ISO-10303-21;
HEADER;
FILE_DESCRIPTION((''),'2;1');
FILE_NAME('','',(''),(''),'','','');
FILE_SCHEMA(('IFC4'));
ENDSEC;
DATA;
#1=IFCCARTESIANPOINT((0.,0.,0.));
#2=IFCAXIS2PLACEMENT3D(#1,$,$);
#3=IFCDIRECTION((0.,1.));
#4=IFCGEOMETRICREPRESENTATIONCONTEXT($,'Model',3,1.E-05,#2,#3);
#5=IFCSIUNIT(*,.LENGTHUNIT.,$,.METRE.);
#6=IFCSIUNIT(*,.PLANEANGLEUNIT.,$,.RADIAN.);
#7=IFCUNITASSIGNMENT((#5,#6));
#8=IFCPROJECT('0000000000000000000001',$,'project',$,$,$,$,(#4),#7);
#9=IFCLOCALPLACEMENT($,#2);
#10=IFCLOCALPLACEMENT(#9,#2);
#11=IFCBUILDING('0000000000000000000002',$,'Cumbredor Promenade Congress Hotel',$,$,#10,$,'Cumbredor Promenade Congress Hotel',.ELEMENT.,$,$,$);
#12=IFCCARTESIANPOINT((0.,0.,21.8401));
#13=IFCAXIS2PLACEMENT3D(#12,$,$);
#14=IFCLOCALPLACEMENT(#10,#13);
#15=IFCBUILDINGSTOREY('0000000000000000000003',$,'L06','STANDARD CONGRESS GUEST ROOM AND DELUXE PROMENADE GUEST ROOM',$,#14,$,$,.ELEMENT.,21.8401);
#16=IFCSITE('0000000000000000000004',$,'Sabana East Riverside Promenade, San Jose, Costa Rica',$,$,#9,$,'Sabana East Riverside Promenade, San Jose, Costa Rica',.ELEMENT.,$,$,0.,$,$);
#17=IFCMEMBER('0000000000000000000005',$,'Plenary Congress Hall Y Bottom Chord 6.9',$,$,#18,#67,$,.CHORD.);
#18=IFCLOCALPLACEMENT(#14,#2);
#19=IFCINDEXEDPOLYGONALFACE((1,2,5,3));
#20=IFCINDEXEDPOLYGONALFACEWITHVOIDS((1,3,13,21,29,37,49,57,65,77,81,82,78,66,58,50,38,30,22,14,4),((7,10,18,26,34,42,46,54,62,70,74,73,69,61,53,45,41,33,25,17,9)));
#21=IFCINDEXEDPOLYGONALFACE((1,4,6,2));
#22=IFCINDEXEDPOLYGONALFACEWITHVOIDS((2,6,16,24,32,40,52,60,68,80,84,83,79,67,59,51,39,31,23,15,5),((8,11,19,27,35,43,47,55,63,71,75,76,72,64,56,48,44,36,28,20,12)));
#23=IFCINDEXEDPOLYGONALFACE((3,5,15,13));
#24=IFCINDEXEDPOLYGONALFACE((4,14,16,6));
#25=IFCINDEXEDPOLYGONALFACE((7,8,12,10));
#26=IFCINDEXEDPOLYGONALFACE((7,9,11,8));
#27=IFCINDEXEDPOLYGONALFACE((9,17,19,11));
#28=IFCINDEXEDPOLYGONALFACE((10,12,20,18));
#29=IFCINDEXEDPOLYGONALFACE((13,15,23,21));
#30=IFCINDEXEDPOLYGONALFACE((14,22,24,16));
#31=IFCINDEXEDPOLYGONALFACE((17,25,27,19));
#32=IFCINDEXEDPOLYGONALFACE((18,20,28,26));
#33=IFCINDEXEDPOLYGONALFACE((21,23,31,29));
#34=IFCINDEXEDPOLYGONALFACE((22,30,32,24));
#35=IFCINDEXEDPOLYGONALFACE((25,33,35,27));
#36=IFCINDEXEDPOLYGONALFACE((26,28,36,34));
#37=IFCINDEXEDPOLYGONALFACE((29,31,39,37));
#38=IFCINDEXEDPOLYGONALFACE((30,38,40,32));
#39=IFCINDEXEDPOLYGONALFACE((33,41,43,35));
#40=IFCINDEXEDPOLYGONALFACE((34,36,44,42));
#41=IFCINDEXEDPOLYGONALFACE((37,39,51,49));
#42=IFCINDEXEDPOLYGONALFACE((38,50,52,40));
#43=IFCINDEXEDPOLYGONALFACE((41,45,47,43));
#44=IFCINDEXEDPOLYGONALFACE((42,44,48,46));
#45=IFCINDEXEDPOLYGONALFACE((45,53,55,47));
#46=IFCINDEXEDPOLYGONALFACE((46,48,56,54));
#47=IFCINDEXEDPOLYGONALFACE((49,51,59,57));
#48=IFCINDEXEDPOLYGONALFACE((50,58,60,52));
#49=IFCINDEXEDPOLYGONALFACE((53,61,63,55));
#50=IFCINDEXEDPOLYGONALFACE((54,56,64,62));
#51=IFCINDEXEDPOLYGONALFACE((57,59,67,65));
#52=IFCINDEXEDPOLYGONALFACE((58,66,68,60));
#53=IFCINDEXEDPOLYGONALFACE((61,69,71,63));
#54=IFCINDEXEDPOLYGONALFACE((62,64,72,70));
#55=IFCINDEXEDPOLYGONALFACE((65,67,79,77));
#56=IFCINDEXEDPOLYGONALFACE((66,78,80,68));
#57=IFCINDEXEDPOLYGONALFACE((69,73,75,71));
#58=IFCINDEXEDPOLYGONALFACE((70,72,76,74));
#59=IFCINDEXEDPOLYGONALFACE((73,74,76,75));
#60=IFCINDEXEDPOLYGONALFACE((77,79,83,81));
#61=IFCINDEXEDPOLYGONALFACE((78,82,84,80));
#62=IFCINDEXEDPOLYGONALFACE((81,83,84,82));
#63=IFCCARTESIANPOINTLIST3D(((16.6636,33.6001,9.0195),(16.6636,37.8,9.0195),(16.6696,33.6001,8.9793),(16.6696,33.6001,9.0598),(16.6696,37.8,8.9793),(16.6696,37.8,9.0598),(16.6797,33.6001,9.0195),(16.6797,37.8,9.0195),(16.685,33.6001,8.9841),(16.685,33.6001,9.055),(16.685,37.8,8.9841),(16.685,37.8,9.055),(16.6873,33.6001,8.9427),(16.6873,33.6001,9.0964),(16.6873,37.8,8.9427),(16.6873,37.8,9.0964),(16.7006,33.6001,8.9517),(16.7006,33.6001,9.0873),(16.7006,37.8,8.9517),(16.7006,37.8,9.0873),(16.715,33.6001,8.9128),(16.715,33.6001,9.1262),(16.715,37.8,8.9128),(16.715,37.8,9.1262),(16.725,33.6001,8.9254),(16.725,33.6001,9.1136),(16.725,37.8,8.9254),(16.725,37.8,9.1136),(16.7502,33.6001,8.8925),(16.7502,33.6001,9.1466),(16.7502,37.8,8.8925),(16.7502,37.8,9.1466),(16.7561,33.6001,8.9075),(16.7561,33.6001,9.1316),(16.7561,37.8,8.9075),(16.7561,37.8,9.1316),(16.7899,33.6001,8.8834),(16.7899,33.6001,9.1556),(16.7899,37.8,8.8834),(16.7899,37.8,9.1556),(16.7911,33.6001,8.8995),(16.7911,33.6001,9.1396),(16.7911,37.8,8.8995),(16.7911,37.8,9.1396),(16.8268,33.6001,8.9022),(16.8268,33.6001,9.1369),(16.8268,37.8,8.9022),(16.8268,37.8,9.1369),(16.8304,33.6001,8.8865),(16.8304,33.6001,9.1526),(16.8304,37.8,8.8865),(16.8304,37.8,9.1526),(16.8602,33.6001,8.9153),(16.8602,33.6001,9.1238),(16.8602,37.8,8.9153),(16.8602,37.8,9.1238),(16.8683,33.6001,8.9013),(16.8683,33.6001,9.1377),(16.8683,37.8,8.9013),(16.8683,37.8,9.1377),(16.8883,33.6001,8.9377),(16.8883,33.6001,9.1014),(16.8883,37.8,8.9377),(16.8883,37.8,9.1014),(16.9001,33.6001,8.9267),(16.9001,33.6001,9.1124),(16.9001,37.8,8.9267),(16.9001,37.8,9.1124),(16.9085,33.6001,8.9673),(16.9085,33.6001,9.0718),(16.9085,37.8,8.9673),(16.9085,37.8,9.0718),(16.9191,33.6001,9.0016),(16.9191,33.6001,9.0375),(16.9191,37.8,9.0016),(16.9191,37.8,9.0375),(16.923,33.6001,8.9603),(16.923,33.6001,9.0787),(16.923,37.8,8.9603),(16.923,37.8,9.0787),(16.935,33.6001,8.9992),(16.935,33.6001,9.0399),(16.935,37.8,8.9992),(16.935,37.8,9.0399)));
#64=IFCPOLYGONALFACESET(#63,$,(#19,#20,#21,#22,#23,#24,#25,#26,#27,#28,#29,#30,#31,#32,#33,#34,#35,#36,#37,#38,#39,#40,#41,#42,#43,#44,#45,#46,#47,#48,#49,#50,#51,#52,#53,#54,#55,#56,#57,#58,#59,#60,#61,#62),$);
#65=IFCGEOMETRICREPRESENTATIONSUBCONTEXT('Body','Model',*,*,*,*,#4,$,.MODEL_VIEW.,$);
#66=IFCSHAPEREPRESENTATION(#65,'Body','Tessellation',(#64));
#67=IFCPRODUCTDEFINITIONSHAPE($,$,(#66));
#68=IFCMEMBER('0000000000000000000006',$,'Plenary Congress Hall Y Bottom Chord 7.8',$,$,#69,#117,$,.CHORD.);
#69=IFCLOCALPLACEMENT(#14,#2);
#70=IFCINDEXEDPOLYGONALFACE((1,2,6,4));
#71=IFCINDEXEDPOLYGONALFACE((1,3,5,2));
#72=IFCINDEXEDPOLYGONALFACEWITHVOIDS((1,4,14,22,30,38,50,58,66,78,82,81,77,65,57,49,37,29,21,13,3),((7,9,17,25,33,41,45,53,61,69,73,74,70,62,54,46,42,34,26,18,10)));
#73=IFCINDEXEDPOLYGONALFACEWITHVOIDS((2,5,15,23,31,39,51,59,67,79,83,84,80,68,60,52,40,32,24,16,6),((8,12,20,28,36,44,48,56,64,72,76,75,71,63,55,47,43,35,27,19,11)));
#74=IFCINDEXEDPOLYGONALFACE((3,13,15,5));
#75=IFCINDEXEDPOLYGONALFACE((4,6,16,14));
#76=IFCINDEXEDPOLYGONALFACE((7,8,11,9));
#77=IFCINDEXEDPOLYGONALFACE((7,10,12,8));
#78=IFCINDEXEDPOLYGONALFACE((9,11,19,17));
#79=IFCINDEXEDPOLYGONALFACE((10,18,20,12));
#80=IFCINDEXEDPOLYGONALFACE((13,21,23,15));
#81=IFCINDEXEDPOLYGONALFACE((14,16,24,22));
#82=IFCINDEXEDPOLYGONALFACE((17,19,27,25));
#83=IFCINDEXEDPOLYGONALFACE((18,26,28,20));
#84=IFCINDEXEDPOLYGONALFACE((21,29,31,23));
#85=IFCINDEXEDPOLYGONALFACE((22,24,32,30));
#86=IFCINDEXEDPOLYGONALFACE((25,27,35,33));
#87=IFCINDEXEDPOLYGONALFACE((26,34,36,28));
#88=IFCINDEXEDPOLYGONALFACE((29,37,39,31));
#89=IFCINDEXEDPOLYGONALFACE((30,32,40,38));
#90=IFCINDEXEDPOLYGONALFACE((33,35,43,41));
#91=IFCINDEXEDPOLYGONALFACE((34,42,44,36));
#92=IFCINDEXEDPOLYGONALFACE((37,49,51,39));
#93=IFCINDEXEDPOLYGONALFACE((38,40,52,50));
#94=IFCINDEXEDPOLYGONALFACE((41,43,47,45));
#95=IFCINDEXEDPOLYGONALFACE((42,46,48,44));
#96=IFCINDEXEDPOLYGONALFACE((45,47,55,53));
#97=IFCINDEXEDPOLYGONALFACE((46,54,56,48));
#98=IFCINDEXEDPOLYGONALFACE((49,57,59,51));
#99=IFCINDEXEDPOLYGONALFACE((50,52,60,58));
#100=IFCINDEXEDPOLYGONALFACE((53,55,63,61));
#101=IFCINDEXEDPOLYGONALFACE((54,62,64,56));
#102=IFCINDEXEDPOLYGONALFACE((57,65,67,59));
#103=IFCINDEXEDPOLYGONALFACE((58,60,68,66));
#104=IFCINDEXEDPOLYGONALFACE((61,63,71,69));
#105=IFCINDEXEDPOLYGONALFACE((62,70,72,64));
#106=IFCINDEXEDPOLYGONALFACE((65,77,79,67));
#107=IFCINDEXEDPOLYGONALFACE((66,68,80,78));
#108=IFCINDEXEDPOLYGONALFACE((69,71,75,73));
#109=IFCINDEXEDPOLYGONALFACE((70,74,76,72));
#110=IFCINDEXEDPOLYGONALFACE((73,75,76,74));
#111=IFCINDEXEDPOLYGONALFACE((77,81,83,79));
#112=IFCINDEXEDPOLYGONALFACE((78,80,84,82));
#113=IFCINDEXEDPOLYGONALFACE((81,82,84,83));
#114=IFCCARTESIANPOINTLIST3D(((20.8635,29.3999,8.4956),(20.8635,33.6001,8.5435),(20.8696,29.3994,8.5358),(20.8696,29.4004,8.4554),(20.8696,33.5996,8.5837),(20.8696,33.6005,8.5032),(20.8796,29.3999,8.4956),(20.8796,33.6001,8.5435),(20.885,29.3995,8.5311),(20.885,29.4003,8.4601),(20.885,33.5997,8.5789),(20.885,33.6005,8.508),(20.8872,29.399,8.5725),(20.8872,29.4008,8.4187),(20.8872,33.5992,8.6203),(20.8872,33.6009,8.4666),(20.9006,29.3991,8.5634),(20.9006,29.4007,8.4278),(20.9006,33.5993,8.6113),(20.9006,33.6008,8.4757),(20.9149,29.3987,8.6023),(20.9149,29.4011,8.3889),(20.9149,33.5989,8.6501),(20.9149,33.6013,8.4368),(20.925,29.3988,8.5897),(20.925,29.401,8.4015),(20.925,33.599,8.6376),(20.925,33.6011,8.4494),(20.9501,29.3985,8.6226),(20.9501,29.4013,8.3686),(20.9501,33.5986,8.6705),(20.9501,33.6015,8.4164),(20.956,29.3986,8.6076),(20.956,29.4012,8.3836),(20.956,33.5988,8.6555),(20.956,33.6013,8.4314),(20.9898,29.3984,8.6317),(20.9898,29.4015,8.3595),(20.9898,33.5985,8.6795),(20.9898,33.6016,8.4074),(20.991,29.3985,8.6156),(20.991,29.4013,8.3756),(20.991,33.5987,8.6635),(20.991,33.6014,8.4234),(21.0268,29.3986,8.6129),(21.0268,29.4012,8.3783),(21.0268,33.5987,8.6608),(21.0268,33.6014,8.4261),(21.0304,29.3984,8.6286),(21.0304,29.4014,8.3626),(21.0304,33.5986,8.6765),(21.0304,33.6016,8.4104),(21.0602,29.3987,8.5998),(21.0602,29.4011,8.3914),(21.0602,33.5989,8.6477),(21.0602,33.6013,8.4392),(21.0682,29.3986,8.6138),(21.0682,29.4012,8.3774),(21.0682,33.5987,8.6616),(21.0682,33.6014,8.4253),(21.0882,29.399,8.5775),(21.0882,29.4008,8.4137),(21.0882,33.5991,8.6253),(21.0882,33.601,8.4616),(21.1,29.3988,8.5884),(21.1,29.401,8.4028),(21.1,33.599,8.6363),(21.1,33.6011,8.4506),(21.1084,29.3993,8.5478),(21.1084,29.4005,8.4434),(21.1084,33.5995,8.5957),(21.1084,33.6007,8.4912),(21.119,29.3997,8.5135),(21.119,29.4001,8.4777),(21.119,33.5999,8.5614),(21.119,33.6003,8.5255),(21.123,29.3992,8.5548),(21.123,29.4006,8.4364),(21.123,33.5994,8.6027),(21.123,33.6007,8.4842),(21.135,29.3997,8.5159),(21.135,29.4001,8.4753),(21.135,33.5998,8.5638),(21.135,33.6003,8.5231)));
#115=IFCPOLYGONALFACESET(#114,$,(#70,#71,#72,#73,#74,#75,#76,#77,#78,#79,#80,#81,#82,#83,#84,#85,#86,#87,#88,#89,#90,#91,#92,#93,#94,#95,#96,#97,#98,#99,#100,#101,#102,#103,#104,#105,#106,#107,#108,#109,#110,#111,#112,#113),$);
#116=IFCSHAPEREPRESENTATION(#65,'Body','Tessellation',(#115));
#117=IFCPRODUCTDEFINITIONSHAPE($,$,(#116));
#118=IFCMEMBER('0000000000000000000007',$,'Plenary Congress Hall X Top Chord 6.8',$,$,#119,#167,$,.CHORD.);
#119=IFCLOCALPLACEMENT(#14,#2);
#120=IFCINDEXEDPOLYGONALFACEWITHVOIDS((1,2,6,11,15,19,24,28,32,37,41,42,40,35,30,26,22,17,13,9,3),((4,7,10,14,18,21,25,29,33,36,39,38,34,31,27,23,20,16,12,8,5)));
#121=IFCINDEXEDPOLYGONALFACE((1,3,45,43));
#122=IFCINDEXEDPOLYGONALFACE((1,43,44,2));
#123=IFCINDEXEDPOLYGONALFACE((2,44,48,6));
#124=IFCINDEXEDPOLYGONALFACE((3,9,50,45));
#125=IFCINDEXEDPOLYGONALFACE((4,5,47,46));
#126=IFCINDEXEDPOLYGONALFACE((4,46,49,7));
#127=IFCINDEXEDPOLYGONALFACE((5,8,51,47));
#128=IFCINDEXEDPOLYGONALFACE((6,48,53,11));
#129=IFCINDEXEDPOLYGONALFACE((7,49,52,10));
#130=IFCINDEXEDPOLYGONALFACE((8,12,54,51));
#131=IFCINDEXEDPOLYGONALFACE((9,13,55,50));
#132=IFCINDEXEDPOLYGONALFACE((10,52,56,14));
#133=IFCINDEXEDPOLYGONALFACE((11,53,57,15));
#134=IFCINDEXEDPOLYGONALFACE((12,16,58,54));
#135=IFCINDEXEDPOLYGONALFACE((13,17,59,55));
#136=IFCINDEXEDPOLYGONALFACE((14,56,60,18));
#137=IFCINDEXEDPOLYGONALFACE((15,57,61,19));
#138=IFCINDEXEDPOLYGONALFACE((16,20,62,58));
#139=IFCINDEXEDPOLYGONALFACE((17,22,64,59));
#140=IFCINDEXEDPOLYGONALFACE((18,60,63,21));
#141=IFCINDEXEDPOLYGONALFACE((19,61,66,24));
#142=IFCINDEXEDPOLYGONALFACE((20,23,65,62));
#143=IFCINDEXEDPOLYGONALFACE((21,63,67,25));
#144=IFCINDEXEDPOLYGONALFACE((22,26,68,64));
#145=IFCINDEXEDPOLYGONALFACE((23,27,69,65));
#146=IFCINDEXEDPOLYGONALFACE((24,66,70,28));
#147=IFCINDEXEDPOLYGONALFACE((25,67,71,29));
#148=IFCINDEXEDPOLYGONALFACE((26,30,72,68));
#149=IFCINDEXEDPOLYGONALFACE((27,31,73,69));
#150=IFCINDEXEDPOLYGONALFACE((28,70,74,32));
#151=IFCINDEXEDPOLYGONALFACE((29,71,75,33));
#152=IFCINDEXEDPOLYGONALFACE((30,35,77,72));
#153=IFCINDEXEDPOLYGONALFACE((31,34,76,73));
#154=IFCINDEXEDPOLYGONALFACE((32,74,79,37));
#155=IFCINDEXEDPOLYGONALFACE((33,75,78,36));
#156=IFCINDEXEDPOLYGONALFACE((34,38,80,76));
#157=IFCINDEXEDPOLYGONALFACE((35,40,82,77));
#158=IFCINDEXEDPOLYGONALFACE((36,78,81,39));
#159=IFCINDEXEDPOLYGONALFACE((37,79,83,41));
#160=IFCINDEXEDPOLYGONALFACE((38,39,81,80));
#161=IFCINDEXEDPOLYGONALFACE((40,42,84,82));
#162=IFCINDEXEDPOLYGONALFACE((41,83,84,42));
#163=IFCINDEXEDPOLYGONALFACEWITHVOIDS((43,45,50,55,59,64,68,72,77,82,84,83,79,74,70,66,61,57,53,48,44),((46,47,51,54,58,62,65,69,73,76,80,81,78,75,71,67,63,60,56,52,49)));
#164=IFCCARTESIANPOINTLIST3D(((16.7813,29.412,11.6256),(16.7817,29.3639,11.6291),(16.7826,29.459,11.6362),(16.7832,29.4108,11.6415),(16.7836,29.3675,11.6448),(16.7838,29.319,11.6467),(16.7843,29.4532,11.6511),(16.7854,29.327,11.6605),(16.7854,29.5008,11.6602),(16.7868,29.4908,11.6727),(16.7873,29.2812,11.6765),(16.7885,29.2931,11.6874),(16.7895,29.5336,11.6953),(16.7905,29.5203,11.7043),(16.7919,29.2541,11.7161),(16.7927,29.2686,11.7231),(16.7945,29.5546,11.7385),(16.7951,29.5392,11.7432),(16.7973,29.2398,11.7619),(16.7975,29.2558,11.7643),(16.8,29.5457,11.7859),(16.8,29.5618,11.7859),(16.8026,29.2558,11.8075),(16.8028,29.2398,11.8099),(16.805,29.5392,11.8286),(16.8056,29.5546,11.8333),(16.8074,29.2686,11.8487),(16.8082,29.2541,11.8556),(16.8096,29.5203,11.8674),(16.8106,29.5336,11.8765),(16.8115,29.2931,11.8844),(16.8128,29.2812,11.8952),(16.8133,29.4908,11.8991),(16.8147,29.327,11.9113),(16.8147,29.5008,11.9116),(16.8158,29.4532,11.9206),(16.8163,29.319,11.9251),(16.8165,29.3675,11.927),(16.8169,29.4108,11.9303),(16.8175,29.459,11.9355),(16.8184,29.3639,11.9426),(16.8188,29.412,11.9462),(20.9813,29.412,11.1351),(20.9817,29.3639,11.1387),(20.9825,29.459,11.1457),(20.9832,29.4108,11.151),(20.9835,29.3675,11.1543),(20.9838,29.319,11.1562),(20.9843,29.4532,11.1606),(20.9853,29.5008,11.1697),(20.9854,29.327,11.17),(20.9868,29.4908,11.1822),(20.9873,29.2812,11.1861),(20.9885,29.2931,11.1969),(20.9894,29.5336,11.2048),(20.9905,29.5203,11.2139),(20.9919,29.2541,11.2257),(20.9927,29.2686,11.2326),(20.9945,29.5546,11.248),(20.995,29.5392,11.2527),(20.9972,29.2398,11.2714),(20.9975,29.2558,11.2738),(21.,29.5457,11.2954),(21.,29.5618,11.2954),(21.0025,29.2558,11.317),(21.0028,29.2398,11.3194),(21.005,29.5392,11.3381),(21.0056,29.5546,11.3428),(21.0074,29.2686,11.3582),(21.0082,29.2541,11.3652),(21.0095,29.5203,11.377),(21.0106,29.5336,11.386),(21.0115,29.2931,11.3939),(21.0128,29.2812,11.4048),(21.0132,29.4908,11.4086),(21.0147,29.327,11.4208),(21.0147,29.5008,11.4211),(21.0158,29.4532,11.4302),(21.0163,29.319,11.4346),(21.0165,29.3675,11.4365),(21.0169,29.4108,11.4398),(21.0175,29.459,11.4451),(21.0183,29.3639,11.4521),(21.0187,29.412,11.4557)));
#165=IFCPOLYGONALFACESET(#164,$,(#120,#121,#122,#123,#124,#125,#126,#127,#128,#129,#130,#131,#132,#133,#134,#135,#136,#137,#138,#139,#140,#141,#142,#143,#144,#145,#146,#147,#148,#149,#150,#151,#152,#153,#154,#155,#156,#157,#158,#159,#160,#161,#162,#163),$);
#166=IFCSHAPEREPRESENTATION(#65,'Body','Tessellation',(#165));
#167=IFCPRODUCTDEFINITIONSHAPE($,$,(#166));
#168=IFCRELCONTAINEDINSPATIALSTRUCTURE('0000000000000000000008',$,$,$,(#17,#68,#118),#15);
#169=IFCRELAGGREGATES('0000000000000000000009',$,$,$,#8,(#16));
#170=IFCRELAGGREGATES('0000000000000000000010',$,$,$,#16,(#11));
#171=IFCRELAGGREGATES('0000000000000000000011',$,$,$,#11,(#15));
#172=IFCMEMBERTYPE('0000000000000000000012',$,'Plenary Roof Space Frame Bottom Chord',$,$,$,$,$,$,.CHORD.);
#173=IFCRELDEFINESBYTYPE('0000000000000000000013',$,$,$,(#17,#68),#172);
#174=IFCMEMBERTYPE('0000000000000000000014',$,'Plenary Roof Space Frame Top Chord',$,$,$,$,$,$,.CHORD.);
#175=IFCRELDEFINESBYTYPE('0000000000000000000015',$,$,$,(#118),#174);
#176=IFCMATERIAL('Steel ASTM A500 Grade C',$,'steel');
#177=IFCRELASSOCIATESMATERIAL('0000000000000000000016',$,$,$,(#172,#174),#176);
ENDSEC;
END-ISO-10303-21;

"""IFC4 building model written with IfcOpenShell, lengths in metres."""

from ifc_helpers import new_model, si_unit, direction, frame, origin, origin_2d, place, context, subcontext, project, spatial, hollow_circle, extrude, material, material_profile, profile_set, type_object, element, save


model = new_model("IFC4")

# Units and contexts
model_context = context("Model", 3, precision=1e-05, world=origin(), true_north=direction((0.0, 1.0)))
body_context = subcontext(model_context, "Body", "Model", "MODEL_VIEW")
ifc_project = project(units=[si_unit("LENGTHUNIT", "METRE"), si_unit("PLANEANGLEUNIT", "RADIAN")], contexts=[model_context])

# Site, building, storey
site_placement = place(None, origin())
site = spatial("IfcSite", under=ifc_project, at=site_placement, Name="Sabana East Riverside Promenade, San Jose, Costa Rica", LongName="Sabana East Riverside Promenade, San Jose, Costa Rica", CompositionType="ELEMENT", RefElevation=0.0)
building_placement = place(site_placement, origin())
building = spatial("IfcBuilding", under=site, at=building_placement, Name="Cumbredor Promenade Congress Hotel", LongName="Cumbredor Promenade Congress Hotel", CompositionType="ELEMENT")
storey_placement = place(building_placement, frame((0.0, 0.0, 21.8401)))
storey = spatial("IfcBuildingStorey", under=building, at=storey_placement, Name="L06", Description="STANDARD CONGRESS GUEST ROOM AND DELUXE PROMENADE GUEST ROOM", CompositionType="ELEMENT", Elevation=21.8401)

# Members
ifc_material_1 = material(Name="Steel ASTM A500 Grade C", Category="steel")
ifc_material_profile_1 = material_profile(ifc_material_1, hollow_circle(Radius=0.1365, WallThickness=0.0161, at=origin_2d()), Name="CHS 273.0x16")
ifc_profile_set_1 = profile_set([ifc_material_profile_1], Name="Steel ASTM A500 Grade C")
member_type_1 = type_object("IfcMemberType", Name="Plenary Roof Space Frame Bottom Chord", PredefinedType="CHORD", material=ifc_profile_set_1)
member_1_placement = place(storey_placement, frame((16.8, 33.6001, 9.0195), z_axis=(0.0, 1.0, 0.0), x_axis=(-1.0, 0.0, 0.0)))
element("IfcMember", 1, at=member_1_placement, inside=storey, type_object=member_type_1, Name="Plenary Congress Hall Y Bottom Chord 6.9", PredefinedType="CHORD", context=body_context, shape_type="SweptSolid", body=[
    extrude(hollow_circle(Radius=0.1365, WallThickness=0.0161, at=origin_2d()), origin(), (0.0, 0.0, 1.0), 4.2),
])
member_2_placement = place(storey_placement, frame((21.0, 29.3999, 8.4956), z_axis=(0.0, 0.999935, 0.011392), x_axis=(-1.0, 0.0, 0.0)))
element("IfcMember", 2, at=member_2_placement, inside=storey, type_object=member_type_1, Name="Plenary Congress Hall Y Bottom Chord 7.8", PredefinedType="CHORD", context=body_context, shape_type="SweptSolid", body=[
    extrude(hollow_circle(Radius=0.1365, WallThickness=0.0161, at=origin_2d()), origin(), (0.0, 0.0, 1.0), 4.2004),
])
ifc_material_profile_2 = material_profile(ifc_material_1, hollow_circle(Radius=0.1619, WallThickness=0.0161, at=origin_2d()), Name="CHS 323.9x16")
ifc_profile_set_2 = profile_set([ifc_material_profile_2], Name="Steel ASTM A500 Grade C")
member_type_2 = type_object("IfcMemberType", Name="Plenary Roof Space Frame Top Chord", PredefinedType="CHORD", material=ifc_profile_set_2)
member_3_placement = place(storey_placement, frame((16.8, 29.3999, 11.7859), z_axis=(0.99325, 0.0, -0.115994), x_axis=(0.0, 1.0, 0.0)))
element("IfcMember", 3, at=member_3_placement, inside=storey, type_object=member_type_2, Name="Plenary Congress Hall X Top Chord 6.8", PredefinedType="CHORD", context=body_context, shape_type="SweptSolid", body=[
    extrude(hollow_circle(Radius=0.1619, WallThickness=0.0161, at=origin_2d()), origin(), (0.0, 0.0, 1.0), 4.2285),
])

save(model, "model.ifc")
